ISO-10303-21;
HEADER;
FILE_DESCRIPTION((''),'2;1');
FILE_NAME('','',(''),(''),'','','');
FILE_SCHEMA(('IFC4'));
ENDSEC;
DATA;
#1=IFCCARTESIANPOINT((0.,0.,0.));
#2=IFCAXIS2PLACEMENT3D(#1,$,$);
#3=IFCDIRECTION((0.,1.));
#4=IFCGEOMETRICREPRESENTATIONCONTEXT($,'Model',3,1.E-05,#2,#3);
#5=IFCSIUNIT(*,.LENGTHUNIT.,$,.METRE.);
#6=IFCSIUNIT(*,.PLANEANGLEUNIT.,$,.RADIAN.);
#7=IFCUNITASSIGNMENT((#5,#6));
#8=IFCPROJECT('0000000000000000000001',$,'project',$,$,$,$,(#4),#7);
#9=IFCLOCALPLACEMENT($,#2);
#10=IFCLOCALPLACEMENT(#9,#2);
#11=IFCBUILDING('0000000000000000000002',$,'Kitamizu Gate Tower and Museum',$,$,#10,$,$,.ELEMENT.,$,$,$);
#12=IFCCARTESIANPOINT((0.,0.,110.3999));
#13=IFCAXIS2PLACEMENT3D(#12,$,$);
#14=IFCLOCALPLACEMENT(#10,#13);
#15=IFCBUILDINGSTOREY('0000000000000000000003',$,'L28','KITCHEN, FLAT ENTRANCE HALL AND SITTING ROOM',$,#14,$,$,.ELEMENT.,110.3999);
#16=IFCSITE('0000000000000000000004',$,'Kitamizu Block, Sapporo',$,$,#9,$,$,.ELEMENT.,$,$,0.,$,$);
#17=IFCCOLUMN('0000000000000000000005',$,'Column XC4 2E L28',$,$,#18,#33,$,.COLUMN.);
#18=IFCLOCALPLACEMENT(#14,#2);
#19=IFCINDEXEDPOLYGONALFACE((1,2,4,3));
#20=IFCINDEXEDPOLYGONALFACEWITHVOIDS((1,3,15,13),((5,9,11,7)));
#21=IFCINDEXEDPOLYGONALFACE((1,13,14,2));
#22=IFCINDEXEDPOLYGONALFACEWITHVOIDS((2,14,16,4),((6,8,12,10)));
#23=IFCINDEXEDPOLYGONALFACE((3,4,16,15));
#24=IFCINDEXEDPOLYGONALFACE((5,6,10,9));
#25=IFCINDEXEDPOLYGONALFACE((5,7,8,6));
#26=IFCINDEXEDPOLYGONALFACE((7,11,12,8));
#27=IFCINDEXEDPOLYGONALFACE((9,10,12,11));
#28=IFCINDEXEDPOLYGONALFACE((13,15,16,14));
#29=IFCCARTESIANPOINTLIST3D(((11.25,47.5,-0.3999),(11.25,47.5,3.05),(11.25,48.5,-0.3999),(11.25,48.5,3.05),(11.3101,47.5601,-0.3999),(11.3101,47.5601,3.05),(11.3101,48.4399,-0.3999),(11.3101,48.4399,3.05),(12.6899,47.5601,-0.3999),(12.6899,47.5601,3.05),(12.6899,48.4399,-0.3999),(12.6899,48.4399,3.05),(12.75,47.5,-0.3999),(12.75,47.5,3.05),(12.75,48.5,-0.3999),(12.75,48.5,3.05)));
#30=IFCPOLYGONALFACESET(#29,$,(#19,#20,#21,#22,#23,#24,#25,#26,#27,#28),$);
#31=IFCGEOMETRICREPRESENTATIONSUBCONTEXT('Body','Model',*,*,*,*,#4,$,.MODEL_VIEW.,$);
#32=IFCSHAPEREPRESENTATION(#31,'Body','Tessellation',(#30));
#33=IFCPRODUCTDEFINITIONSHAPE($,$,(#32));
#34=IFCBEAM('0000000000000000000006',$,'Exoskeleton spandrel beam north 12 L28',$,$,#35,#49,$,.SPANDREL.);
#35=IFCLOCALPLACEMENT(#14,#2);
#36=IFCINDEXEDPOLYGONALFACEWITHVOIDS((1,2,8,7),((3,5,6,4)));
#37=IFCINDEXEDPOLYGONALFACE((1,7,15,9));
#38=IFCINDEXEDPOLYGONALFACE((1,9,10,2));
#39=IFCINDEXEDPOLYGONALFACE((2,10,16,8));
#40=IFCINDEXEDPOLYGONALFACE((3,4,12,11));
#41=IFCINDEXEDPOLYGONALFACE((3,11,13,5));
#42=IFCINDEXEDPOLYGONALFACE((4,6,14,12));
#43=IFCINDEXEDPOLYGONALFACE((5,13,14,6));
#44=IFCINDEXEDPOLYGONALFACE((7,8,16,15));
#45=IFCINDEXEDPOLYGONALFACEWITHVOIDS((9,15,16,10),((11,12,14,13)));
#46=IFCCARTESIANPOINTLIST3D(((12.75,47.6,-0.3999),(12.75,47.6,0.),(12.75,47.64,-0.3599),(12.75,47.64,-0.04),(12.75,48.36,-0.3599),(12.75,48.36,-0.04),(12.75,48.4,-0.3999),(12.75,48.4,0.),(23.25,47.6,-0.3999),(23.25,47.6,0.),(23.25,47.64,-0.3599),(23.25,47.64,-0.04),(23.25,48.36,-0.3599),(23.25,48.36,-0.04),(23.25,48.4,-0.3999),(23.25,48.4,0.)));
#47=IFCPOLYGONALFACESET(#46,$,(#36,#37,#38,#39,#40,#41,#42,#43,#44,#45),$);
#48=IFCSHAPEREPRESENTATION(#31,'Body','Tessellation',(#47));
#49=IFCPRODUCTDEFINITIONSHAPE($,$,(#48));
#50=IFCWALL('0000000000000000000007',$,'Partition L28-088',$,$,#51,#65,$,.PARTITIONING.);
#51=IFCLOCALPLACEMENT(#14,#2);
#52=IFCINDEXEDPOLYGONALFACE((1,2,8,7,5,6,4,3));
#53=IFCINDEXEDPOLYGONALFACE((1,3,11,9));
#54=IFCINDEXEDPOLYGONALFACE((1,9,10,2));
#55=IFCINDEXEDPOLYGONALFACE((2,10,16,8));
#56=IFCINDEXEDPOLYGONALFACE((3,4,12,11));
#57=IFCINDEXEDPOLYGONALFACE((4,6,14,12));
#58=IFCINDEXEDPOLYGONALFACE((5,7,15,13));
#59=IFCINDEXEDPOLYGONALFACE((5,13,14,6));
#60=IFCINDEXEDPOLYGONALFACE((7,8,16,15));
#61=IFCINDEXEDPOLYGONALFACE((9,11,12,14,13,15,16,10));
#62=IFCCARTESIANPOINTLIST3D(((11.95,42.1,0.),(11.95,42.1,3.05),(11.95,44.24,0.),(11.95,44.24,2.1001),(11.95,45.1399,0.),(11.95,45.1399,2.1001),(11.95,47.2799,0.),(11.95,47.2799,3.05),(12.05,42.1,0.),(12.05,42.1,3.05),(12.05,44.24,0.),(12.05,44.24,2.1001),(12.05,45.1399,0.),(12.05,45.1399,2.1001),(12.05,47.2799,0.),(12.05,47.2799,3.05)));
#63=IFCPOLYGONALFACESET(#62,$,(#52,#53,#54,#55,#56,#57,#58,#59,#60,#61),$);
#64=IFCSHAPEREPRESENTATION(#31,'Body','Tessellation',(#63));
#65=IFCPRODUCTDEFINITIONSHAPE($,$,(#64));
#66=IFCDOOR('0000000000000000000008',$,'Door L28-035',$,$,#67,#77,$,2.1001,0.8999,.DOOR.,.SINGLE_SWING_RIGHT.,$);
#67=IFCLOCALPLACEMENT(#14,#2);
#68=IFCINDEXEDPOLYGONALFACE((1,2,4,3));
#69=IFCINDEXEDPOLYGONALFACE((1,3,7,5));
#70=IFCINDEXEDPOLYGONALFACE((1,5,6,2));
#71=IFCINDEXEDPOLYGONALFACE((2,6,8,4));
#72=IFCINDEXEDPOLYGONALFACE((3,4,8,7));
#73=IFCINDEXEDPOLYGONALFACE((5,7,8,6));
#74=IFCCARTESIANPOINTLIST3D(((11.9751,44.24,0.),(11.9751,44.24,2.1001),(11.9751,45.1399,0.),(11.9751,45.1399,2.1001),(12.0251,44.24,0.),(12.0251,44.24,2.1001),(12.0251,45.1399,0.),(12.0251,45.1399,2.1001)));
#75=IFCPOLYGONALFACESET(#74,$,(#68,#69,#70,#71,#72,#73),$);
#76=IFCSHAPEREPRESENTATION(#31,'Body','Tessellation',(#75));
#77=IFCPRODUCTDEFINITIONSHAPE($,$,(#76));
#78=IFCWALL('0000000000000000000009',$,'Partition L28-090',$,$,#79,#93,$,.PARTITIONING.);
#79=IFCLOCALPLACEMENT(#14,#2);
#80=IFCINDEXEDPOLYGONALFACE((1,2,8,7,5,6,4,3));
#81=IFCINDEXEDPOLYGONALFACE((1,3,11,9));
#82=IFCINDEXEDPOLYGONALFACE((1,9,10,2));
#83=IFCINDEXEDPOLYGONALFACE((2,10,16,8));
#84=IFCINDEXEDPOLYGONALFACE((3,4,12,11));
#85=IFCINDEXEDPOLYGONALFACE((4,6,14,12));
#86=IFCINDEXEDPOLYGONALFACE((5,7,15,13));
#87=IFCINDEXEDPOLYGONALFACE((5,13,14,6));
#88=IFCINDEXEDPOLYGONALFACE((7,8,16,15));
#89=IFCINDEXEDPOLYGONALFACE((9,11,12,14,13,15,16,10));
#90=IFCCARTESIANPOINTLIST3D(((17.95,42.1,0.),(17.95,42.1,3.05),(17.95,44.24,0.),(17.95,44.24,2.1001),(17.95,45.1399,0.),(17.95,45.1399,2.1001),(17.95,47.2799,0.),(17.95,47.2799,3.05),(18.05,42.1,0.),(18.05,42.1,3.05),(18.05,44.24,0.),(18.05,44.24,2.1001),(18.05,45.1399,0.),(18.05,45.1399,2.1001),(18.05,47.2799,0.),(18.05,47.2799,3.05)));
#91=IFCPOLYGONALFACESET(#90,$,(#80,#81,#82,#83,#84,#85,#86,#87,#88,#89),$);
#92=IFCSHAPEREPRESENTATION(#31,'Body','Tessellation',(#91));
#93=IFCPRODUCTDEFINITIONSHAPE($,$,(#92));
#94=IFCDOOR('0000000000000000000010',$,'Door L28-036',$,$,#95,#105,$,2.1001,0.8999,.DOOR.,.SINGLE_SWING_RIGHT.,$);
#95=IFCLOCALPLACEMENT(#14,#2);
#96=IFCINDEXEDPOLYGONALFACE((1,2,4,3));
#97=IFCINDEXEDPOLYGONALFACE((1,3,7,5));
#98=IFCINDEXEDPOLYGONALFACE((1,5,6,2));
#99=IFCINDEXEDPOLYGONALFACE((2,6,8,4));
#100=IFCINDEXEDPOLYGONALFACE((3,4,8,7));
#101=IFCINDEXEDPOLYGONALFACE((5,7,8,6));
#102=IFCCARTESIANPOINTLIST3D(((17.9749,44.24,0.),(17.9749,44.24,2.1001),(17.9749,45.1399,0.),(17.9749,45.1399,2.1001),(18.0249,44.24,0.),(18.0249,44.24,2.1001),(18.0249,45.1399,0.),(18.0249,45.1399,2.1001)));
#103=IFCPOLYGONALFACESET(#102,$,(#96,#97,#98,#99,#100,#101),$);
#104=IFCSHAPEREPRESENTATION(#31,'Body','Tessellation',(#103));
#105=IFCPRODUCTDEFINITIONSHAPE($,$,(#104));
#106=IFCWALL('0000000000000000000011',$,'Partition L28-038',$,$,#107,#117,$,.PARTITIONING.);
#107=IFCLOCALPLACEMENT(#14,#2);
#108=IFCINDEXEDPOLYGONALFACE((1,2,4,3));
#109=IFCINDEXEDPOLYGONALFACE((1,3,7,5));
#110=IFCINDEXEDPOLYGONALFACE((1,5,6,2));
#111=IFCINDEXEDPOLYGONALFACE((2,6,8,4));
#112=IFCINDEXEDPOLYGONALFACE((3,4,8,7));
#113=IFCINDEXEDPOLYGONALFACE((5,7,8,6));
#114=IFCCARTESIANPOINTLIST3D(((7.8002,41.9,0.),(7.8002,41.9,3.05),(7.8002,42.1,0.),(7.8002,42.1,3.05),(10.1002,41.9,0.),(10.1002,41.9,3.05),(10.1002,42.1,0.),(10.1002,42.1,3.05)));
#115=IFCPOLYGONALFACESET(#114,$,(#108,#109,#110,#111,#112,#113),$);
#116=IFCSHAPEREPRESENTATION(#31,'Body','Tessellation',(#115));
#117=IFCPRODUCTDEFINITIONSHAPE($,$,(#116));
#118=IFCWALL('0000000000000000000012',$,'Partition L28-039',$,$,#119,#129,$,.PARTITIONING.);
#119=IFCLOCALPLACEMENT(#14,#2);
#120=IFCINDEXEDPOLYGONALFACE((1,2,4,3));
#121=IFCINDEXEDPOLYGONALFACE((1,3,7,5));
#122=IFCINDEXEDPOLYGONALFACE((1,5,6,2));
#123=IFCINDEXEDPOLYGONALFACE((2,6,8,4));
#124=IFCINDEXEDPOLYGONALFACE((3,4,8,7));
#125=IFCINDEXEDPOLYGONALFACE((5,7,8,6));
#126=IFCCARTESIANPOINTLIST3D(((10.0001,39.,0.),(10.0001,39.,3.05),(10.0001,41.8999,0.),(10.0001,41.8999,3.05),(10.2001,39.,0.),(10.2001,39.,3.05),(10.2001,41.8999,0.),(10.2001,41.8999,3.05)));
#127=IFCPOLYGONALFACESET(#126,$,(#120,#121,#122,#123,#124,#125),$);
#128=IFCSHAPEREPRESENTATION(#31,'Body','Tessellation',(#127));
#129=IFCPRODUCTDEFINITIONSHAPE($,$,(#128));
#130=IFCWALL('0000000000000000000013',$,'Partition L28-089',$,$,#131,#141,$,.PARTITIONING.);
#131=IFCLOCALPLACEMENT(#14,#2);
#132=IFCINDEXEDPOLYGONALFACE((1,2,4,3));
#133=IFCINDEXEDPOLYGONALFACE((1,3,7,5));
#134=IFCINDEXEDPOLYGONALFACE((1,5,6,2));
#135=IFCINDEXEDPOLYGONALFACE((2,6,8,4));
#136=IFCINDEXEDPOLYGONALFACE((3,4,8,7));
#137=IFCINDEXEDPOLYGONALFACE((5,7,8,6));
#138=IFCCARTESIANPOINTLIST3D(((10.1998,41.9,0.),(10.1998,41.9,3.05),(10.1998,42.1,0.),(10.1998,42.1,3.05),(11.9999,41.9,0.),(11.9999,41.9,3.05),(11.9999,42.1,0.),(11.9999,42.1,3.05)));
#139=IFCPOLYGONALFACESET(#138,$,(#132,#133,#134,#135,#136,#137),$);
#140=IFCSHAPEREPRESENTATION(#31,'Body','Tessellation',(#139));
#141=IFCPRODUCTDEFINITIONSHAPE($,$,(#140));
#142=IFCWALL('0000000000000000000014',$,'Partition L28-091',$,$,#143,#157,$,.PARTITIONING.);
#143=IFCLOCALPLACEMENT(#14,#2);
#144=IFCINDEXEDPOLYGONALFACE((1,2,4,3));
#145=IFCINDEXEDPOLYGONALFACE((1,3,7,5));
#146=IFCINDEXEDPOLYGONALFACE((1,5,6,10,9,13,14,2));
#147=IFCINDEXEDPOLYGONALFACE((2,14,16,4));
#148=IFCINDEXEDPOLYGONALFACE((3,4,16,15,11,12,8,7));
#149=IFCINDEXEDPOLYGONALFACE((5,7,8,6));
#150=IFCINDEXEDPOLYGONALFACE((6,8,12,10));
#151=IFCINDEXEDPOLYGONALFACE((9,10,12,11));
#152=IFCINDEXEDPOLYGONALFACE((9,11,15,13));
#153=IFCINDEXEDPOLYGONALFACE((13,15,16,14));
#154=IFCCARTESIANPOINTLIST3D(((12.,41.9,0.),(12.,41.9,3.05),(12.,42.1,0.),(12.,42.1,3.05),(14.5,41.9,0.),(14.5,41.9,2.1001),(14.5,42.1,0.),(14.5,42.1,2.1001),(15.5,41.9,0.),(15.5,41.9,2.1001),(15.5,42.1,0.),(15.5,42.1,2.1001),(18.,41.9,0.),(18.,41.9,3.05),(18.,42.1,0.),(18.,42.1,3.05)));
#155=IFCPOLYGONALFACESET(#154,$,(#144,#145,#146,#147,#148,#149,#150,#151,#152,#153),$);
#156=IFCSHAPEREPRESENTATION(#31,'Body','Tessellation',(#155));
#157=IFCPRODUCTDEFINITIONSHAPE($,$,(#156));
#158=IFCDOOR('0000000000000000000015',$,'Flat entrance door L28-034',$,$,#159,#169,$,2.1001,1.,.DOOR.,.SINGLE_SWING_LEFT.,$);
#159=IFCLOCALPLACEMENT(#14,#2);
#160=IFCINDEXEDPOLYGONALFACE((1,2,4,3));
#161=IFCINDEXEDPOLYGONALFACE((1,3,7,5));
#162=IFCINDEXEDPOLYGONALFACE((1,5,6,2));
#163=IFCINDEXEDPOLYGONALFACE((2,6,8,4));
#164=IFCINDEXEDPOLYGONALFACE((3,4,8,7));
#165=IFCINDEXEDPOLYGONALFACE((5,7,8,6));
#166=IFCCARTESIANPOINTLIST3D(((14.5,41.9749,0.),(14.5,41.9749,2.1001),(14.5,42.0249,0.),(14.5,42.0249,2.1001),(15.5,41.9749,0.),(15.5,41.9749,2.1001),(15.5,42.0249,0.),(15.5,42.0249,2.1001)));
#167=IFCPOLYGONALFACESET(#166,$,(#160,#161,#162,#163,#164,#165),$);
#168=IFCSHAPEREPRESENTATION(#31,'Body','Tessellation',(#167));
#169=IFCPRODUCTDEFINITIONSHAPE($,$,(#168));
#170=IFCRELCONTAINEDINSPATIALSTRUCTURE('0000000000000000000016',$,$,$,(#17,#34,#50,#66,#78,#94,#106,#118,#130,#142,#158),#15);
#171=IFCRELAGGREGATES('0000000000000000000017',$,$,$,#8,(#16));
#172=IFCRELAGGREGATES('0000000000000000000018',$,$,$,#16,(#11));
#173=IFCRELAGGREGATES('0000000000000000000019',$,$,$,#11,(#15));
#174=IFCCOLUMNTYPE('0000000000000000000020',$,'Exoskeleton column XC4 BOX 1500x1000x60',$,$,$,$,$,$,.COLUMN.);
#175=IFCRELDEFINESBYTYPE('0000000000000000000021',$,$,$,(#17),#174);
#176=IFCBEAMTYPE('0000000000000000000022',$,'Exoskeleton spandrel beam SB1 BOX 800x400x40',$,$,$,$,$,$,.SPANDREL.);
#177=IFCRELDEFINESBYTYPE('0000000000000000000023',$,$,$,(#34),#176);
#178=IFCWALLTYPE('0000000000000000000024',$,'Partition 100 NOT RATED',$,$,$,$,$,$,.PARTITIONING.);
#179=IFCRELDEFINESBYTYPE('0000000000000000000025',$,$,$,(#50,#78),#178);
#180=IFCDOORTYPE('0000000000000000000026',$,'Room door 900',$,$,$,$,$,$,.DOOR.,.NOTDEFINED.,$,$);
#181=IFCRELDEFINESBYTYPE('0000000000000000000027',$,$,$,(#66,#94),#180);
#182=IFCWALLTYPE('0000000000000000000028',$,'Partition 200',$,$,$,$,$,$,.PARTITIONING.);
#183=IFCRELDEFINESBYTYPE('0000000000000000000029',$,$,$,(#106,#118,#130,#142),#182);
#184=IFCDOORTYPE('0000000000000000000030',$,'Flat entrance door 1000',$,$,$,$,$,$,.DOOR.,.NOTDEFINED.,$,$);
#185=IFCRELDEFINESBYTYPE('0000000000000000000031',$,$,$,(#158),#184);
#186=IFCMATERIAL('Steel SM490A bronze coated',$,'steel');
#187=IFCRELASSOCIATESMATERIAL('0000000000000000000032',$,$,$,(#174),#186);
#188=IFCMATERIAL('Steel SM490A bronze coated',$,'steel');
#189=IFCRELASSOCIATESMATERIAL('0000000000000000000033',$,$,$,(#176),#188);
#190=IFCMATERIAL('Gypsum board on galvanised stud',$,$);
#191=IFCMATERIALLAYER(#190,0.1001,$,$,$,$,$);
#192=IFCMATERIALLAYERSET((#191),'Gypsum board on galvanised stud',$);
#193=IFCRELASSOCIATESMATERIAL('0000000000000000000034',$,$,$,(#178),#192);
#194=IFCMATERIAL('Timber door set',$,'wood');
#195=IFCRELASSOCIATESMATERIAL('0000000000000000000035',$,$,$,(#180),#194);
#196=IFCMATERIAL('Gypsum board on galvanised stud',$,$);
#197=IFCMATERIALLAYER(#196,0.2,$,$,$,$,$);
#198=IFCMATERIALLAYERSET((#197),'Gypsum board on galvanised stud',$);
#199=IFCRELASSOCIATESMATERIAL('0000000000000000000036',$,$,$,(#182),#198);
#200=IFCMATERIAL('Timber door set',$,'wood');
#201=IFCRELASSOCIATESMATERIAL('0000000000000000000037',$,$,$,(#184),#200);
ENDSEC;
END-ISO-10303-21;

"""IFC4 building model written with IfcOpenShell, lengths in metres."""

from ifc_helpers import new_model, si_unit, direction, frame, frame_2d, origin, origin_2d, place, context, subcontext, project, spatial, rectangle, hollow_rectangle, extrude, material, layer, layer_set, material_profile, profile_set, type_object, element, fill, save


model = new_model("IFC4")

# Units and contexts
model_context = context("Model", 3, precision=1e-05, world=origin(), true_north=direction((0.0, 1.0)))
body_context = subcontext(model_context, "Body", "Model", "MODEL_VIEW")
ifc_project = project(units=[si_unit("LENGTHUNIT", "METRE"), si_unit("PLANEANGLEUNIT", "RADIAN")], contexts=[model_context])

# Site, building, storey
site_placement = place(None, origin())
site = spatial("IfcSite", under=ifc_project, at=site_placement, Name="Kitamizu Block, Sapporo", CompositionType="ELEMENT", RefElevation=0.0)
building_placement = place(site_placement, origin())
building = spatial("IfcBuilding", under=site, at=building_placement, Name="Kitamizu Gate Tower and Museum", CompositionType="ELEMENT")
storey_placement = place(building_placement, frame((0.0, 0.0, 110.3999)))
storey = spatial("IfcBuildingStorey", under=building, at=storey_placement, Name="L28", Description="KITCHEN, FLAT ENTRANCE HALL AND SITTING ROOM", CompositionType="ELEMENT", Elevation=110.3999)

# Column
ifc_material_1 = material(Name="Steel SM490A bronze coated", Category="steel")
ifc_material_profile_1 = material_profile(ifc_material_1, hollow_rectangle(XDim=1.5, YDim=1.0, WallThickness=0.0601, at=origin_2d()), Name="BOX 1500x1000x60")
ifc_profile_set_1 = profile_set([ifc_material_profile_1], Name="Steel SM490A bronze coated")
column_type = type_object("IfcColumnType", Name="Exoskeleton column XC4 BOX 1500x1000x60", PredefinedType="COLUMN", material=ifc_profile_set_1)
column_placement = place(storey_placement, frame((12.0, 48.0, -0.3999), z_axis=(0.0, 0.0, 1.0), x_axis=(1.0, 0.0, 0.0)))
element("IfcColumn", 1, at=column_placement, inside=storey, type_object=column_type, Name="Column XC4 2E L28", PredefinedType="COLUMN", context=body_context, shape_type="SweptSolid", body=[
    extrude(hollow_rectangle(XDim=1.5, YDim=1.0, WallThickness=0.0601, at=origin_2d()), origin(), (0.0, 0.0, 1.0), 3.45),
])

# Beam
ifc_material_2 = material(Name="Steel SM490A bronze coated", Category="steel")
ifc_material_profile_2 = material_profile(ifc_material_2, hollow_rectangle(XDim=0.8, YDim=0.3999, WallThickness=0.04, at=origin_2d()), Name="BOX 800x400x40")
ifc_profile_set_2 = profile_set([ifc_material_profile_2], Name="Steel SM490A bronze coated")
beam_type = type_object("IfcBeamType", Name="Exoskeleton spandrel beam SB1 BOX 800x400x40", PredefinedType="SPANDREL", material=ifc_profile_set_2)
beam_placement = place(storey_placement, frame((12.75, 48.0, -0.2), z_axis=(1.0, 0.0, 0.0), x_axis=(0.0, 1.0, 0.0)))
element("IfcBeam", 2, at=beam_placement, inside=storey, type_object=beam_type, Name="Exoskeleton spandrel beam north 12 L28", PredefinedType="SPANDREL", context=body_context, shape_type="SweptSolid", body=[
    extrude(hollow_rectangle(XDim=0.8, YDim=0.3999, WallThickness=0.04, at=origin_2d()), origin(), (0.0, 0.0, 1.0), 10.5),
])

# Walls, openings, doors
ifc_material_3 = material(Name="Gypsum board on galvanised stud")
ifc_layer_1 = layer(ifc_material_3, 0.1001)
ifc_layer_set_1 = layer_set([ifc_layer_1], Name="Gypsum board on galvanised stud")
wall_type_1 = type_object("IfcWallType", Name="Partition 100 NOT RATED", PredefinedType="PARTITIONING", material=ifc_layer_set_1)
wall_1_placement = place(storey_placement, frame((12.0, 42.1001, 0.0), z_axis=(0.0, 0.0, 1.0), x_axis=(0.0, 1.0, 0.0)))
wall_1 = element("IfcWall", 3, at=wall_1_placement, inside=storey, type_object=wall_type_1, Name="Partition L28-088", PredefinedType="PARTITIONING", context=body_context, shape_type="SweptSolid", body=[
    extrude(rectangle(XDim=5.1799, YDim=0.1001, at=frame_2d((2.5898, 0.0))), origin(), (0.0, 0.0, 1.0), 3.05),
])
opening_1_placement = place(wall_1_placement, frame((2.1399, 0.0, 0.0)))
opening_1 = element("IfcOpeningElement", 4, at=opening_1_placement, cuts=wall_1, PredefinedType="OPENING", context=body_context, shape_type="SweptSolid", body=[
    extrude(rectangle(XDim=0.8999, YDim=2.1001, at=frame_2d((0.45, 1.05))), frame((0.0, 0.0601, 0.0), z_axis=(0.0, -1.0, 0.0), x_axis=(1.0, 0.0, 0.0)), (0.0, 0.0, 1.0), 0.1201),
])
ifc_material_4 = material(Name="Timber door set", Category="wood")
door_type_1 = type_object("IfcDoorType", Name="Room door 900", OperationType="NOTDEFINED", PredefinedType="DOOR", material=ifc_material_4)
door_1_placement = place(opening_1_placement, origin())
door_1 = element("IfcDoor", 5, at=door_1_placement, inside=storey, type_object=door_type_1, Name="Door L28-035", OperationType="SINGLE_SWING_RIGHT", OverallHeight=2.1001, OverallWidth=0.8999, PredefinedType="DOOR", context=body_context, shape_type="SweptSolid", body=[
    extrude(rectangle(XDim=0.8999, YDim=2.1001, at=frame_2d((0.45, 1.05))), frame((0.0, 0.0249, 0.0), z_axis=(0.0, -1.0, 0.0), x_axis=(1.0, 0.0, 0.0)), (0.0, 0.0, 1.0), 0.05),
])
fill(opening_1, door_1)
wall_2_placement = place(storey_placement, frame((18.0, 42.1001, 0.0), z_axis=(0.0, 0.0, 1.0), x_axis=(0.0, 1.0, 0.0)))
wall_2 = element("IfcWall", 6, at=wall_2_placement, inside=storey, type_object=wall_type_1, Name="Partition L28-090", PredefinedType="PARTITIONING", context=body_context, shape_type="SweptSolid", body=[
    extrude(rectangle(XDim=5.1799, YDim=0.1001, at=frame_2d((2.5898, 0.0))), origin(), (0.0, 0.0, 1.0), 3.05),
])
opening_2_placement = place(wall_2_placement, frame((2.1399, 0.0, 0.0)))
opening_2 = element("IfcOpeningElement", 7, at=opening_2_placement, cuts=wall_2, PredefinedType="OPENING", context=body_context, shape_type="SweptSolid", body=[
    extrude(rectangle(XDim=0.8999, YDim=2.1001, at=frame_2d((0.45, 1.05))), frame((0.0, 0.0601, 0.0), z_axis=(0.0, -1.0, 0.0), x_axis=(1.0, 0.0, 0.0)), (0.0, 0.0, 1.0), 0.1201),
])
door_2_placement = place(opening_2_placement, frame((0.8999, 0.0, 0.0), x_axis=(-1.0, 0.0, 0.0)))
door_2 = element("IfcDoor", 8, at=door_2_placement, inside=storey, type_object=door_type_1, Name="Door L28-036", OperationType="SINGLE_SWING_RIGHT", OverallHeight=2.1001, OverallWidth=0.8999, PredefinedType="DOOR", context=body_context, shape_type="SweptSolid", body=[
    extrude(rectangle(XDim=0.8999, YDim=2.1001, at=frame_2d((0.45, 1.05))), frame((0.0, 0.0249, 0.0), z_axis=(0.0, -1.0, 0.0), x_axis=(1.0, 0.0, 0.0)), (0.0, 0.0, 1.0), 0.05),
])
fill(opening_2, door_2)

# Walls
ifc_material_5 = material(Name="Gypsum board on galvanised stud")
ifc_layer_2 = layer(ifc_material_5, 0.2)
ifc_layer_set_2 = layer_set([ifc_layer_2], Name="Gypsum board on galvanised stud")
wall_type_2 = type_object("IfcWallType", Name="Partition 200", PredefinedType="PARTITIONING", material=ifc_layer_set_2)
wall_3_placement = place(storey_placement, frame((10.1001, 42.0, 0.0), z_axis=(0.0, 0.0, 1.0), x_axis=(-1.0, 0.0, 0.0)))
element("IfcWall", 9, at=wall_3_placement, inside=storey, type_object=wall_type_2, Name="Partition L28-038", PredefinedType="PARTITIONING", context=body_context, shape_type="SweptSolid", body=[
    extrude(rectangle(XDim=2.3, YDim=0.2, at=frame_2d((1.1499, 0.0))), origin(), (0.0, 0.0, 1.0), 3.05),
])
wall_4_placement = place(storey_placement, frame((10.1001, 39.0, 0.0), z_axis=(0.0, 0.0, 1.0), x_axis=(0.0, 1.0, 0.0)))
element("IfcWall", 10, at=wall_4_placement, inside=storey, type_object=wall_type_2, Name="Partition L28-039", PredefinedType="PARTITIONING", context=body_context, shape_type="SweptSolid", body=[
    extrude(rectangle(XDim=2.8999, YDim=0.2, at=frame_2d((1.45, 0.0))), origin(), (0.0, 0.0, 1.0), 3.05),
])
wall_5_placement = place(storey_placement, frame((10.2, 42.0, 0.0), z_axis=(0.0, 0.0, 1.0), x_axis=(1.0, 0.0, 0.0)))
element("IfcWall", 11, at=wall_5_placement, inside=storey, type_object=wall_type_2, Name="Partition L28-089", PredefinedType="PARTITIONING", context=body_context, shape_type="SweptSolid", body=[
    extrude(rectangle(XDim=1.8, YDim=0.2, at=frame_2d((0.8999, 0.0))), origin(), (0.0, 0.0, 1.0), 3.05),
])

# Wall, opening, door
wall_6_placement = place(storey_placement, frame((12.0, 42.0, 0.0), z_axis=(0.0, 0.0, 1.0), x_axis=(1.0, 0.0, 0.0)))
wall_6 = element("IfcWall", 12, at=wall_6_placement, inside=storey, type_object=wall_type_2, Name="Partition L28-091", PredefinedType="PARTITIONING", context=body_context, shape_type="SweptSolid", body=[
    extrude(rectangle(XDim=6.0, YDim=0.2, at=frame_2d((3.0, 0.0))), origin(), (0.0, 0.0, 1.0), 3.05),
])
opening_3_placement = place(wall_6_placement, frame((2.5, 0.0, 0.0)))
opening_3 = element("IfcOpeningElement", 13, at=opening_3_placement, cuts=wall_6, PredefinedType="OPENING", context=body_context, shape_type="SweptSolid", body=[
    extrude(rectangle(XDim=1.0, YDim=2.1001, at=frame_2d((0.5, 1.05))), frame((0.0, 0.1099, 0.0), z_axis=(0.0, -1.0, 0.0), x_axis=(1.0, 0.0, 0.0)), (0.0, 0.0, 1.0), 0.22),
])
ifc_material_6 = material(Name="Timber door set", Category="wood")
door_type_2 = type_object("IfcDoorType", Name="Flat entrance door 1000", OperationType="NOTDEFINED", PredefinedType="DOOR", material=ifc_material_6)
door_3_placement = place(opening_3_placement, origin())
door_3 = element("IfcDoor", 14, at=door_3_placement, inside=storey, type_object=door_type_2, Name="Flat entrance door L28-034", OperationType="SINGLE_SWING_LEFT", OverallHeight=2.1001, OverallWidth=1.0, PredefinedType="DOOR", context=body_context, shape_type="SweptSolid", body=[
    extrude(rectangle(XDim=1.0, YDim=2.1001, at=frame_2d((0.5, 1.05))), frame((0.0, 0.0249, 0.0), z_axis=(0.0, -1.0, 0.0), x_axis=(1.0, 0.0, 0.0)), (0.0, 0.0, 1.0), 0.05),
])
fill(opening_3, door_3)

save(model, "model.ifc")
